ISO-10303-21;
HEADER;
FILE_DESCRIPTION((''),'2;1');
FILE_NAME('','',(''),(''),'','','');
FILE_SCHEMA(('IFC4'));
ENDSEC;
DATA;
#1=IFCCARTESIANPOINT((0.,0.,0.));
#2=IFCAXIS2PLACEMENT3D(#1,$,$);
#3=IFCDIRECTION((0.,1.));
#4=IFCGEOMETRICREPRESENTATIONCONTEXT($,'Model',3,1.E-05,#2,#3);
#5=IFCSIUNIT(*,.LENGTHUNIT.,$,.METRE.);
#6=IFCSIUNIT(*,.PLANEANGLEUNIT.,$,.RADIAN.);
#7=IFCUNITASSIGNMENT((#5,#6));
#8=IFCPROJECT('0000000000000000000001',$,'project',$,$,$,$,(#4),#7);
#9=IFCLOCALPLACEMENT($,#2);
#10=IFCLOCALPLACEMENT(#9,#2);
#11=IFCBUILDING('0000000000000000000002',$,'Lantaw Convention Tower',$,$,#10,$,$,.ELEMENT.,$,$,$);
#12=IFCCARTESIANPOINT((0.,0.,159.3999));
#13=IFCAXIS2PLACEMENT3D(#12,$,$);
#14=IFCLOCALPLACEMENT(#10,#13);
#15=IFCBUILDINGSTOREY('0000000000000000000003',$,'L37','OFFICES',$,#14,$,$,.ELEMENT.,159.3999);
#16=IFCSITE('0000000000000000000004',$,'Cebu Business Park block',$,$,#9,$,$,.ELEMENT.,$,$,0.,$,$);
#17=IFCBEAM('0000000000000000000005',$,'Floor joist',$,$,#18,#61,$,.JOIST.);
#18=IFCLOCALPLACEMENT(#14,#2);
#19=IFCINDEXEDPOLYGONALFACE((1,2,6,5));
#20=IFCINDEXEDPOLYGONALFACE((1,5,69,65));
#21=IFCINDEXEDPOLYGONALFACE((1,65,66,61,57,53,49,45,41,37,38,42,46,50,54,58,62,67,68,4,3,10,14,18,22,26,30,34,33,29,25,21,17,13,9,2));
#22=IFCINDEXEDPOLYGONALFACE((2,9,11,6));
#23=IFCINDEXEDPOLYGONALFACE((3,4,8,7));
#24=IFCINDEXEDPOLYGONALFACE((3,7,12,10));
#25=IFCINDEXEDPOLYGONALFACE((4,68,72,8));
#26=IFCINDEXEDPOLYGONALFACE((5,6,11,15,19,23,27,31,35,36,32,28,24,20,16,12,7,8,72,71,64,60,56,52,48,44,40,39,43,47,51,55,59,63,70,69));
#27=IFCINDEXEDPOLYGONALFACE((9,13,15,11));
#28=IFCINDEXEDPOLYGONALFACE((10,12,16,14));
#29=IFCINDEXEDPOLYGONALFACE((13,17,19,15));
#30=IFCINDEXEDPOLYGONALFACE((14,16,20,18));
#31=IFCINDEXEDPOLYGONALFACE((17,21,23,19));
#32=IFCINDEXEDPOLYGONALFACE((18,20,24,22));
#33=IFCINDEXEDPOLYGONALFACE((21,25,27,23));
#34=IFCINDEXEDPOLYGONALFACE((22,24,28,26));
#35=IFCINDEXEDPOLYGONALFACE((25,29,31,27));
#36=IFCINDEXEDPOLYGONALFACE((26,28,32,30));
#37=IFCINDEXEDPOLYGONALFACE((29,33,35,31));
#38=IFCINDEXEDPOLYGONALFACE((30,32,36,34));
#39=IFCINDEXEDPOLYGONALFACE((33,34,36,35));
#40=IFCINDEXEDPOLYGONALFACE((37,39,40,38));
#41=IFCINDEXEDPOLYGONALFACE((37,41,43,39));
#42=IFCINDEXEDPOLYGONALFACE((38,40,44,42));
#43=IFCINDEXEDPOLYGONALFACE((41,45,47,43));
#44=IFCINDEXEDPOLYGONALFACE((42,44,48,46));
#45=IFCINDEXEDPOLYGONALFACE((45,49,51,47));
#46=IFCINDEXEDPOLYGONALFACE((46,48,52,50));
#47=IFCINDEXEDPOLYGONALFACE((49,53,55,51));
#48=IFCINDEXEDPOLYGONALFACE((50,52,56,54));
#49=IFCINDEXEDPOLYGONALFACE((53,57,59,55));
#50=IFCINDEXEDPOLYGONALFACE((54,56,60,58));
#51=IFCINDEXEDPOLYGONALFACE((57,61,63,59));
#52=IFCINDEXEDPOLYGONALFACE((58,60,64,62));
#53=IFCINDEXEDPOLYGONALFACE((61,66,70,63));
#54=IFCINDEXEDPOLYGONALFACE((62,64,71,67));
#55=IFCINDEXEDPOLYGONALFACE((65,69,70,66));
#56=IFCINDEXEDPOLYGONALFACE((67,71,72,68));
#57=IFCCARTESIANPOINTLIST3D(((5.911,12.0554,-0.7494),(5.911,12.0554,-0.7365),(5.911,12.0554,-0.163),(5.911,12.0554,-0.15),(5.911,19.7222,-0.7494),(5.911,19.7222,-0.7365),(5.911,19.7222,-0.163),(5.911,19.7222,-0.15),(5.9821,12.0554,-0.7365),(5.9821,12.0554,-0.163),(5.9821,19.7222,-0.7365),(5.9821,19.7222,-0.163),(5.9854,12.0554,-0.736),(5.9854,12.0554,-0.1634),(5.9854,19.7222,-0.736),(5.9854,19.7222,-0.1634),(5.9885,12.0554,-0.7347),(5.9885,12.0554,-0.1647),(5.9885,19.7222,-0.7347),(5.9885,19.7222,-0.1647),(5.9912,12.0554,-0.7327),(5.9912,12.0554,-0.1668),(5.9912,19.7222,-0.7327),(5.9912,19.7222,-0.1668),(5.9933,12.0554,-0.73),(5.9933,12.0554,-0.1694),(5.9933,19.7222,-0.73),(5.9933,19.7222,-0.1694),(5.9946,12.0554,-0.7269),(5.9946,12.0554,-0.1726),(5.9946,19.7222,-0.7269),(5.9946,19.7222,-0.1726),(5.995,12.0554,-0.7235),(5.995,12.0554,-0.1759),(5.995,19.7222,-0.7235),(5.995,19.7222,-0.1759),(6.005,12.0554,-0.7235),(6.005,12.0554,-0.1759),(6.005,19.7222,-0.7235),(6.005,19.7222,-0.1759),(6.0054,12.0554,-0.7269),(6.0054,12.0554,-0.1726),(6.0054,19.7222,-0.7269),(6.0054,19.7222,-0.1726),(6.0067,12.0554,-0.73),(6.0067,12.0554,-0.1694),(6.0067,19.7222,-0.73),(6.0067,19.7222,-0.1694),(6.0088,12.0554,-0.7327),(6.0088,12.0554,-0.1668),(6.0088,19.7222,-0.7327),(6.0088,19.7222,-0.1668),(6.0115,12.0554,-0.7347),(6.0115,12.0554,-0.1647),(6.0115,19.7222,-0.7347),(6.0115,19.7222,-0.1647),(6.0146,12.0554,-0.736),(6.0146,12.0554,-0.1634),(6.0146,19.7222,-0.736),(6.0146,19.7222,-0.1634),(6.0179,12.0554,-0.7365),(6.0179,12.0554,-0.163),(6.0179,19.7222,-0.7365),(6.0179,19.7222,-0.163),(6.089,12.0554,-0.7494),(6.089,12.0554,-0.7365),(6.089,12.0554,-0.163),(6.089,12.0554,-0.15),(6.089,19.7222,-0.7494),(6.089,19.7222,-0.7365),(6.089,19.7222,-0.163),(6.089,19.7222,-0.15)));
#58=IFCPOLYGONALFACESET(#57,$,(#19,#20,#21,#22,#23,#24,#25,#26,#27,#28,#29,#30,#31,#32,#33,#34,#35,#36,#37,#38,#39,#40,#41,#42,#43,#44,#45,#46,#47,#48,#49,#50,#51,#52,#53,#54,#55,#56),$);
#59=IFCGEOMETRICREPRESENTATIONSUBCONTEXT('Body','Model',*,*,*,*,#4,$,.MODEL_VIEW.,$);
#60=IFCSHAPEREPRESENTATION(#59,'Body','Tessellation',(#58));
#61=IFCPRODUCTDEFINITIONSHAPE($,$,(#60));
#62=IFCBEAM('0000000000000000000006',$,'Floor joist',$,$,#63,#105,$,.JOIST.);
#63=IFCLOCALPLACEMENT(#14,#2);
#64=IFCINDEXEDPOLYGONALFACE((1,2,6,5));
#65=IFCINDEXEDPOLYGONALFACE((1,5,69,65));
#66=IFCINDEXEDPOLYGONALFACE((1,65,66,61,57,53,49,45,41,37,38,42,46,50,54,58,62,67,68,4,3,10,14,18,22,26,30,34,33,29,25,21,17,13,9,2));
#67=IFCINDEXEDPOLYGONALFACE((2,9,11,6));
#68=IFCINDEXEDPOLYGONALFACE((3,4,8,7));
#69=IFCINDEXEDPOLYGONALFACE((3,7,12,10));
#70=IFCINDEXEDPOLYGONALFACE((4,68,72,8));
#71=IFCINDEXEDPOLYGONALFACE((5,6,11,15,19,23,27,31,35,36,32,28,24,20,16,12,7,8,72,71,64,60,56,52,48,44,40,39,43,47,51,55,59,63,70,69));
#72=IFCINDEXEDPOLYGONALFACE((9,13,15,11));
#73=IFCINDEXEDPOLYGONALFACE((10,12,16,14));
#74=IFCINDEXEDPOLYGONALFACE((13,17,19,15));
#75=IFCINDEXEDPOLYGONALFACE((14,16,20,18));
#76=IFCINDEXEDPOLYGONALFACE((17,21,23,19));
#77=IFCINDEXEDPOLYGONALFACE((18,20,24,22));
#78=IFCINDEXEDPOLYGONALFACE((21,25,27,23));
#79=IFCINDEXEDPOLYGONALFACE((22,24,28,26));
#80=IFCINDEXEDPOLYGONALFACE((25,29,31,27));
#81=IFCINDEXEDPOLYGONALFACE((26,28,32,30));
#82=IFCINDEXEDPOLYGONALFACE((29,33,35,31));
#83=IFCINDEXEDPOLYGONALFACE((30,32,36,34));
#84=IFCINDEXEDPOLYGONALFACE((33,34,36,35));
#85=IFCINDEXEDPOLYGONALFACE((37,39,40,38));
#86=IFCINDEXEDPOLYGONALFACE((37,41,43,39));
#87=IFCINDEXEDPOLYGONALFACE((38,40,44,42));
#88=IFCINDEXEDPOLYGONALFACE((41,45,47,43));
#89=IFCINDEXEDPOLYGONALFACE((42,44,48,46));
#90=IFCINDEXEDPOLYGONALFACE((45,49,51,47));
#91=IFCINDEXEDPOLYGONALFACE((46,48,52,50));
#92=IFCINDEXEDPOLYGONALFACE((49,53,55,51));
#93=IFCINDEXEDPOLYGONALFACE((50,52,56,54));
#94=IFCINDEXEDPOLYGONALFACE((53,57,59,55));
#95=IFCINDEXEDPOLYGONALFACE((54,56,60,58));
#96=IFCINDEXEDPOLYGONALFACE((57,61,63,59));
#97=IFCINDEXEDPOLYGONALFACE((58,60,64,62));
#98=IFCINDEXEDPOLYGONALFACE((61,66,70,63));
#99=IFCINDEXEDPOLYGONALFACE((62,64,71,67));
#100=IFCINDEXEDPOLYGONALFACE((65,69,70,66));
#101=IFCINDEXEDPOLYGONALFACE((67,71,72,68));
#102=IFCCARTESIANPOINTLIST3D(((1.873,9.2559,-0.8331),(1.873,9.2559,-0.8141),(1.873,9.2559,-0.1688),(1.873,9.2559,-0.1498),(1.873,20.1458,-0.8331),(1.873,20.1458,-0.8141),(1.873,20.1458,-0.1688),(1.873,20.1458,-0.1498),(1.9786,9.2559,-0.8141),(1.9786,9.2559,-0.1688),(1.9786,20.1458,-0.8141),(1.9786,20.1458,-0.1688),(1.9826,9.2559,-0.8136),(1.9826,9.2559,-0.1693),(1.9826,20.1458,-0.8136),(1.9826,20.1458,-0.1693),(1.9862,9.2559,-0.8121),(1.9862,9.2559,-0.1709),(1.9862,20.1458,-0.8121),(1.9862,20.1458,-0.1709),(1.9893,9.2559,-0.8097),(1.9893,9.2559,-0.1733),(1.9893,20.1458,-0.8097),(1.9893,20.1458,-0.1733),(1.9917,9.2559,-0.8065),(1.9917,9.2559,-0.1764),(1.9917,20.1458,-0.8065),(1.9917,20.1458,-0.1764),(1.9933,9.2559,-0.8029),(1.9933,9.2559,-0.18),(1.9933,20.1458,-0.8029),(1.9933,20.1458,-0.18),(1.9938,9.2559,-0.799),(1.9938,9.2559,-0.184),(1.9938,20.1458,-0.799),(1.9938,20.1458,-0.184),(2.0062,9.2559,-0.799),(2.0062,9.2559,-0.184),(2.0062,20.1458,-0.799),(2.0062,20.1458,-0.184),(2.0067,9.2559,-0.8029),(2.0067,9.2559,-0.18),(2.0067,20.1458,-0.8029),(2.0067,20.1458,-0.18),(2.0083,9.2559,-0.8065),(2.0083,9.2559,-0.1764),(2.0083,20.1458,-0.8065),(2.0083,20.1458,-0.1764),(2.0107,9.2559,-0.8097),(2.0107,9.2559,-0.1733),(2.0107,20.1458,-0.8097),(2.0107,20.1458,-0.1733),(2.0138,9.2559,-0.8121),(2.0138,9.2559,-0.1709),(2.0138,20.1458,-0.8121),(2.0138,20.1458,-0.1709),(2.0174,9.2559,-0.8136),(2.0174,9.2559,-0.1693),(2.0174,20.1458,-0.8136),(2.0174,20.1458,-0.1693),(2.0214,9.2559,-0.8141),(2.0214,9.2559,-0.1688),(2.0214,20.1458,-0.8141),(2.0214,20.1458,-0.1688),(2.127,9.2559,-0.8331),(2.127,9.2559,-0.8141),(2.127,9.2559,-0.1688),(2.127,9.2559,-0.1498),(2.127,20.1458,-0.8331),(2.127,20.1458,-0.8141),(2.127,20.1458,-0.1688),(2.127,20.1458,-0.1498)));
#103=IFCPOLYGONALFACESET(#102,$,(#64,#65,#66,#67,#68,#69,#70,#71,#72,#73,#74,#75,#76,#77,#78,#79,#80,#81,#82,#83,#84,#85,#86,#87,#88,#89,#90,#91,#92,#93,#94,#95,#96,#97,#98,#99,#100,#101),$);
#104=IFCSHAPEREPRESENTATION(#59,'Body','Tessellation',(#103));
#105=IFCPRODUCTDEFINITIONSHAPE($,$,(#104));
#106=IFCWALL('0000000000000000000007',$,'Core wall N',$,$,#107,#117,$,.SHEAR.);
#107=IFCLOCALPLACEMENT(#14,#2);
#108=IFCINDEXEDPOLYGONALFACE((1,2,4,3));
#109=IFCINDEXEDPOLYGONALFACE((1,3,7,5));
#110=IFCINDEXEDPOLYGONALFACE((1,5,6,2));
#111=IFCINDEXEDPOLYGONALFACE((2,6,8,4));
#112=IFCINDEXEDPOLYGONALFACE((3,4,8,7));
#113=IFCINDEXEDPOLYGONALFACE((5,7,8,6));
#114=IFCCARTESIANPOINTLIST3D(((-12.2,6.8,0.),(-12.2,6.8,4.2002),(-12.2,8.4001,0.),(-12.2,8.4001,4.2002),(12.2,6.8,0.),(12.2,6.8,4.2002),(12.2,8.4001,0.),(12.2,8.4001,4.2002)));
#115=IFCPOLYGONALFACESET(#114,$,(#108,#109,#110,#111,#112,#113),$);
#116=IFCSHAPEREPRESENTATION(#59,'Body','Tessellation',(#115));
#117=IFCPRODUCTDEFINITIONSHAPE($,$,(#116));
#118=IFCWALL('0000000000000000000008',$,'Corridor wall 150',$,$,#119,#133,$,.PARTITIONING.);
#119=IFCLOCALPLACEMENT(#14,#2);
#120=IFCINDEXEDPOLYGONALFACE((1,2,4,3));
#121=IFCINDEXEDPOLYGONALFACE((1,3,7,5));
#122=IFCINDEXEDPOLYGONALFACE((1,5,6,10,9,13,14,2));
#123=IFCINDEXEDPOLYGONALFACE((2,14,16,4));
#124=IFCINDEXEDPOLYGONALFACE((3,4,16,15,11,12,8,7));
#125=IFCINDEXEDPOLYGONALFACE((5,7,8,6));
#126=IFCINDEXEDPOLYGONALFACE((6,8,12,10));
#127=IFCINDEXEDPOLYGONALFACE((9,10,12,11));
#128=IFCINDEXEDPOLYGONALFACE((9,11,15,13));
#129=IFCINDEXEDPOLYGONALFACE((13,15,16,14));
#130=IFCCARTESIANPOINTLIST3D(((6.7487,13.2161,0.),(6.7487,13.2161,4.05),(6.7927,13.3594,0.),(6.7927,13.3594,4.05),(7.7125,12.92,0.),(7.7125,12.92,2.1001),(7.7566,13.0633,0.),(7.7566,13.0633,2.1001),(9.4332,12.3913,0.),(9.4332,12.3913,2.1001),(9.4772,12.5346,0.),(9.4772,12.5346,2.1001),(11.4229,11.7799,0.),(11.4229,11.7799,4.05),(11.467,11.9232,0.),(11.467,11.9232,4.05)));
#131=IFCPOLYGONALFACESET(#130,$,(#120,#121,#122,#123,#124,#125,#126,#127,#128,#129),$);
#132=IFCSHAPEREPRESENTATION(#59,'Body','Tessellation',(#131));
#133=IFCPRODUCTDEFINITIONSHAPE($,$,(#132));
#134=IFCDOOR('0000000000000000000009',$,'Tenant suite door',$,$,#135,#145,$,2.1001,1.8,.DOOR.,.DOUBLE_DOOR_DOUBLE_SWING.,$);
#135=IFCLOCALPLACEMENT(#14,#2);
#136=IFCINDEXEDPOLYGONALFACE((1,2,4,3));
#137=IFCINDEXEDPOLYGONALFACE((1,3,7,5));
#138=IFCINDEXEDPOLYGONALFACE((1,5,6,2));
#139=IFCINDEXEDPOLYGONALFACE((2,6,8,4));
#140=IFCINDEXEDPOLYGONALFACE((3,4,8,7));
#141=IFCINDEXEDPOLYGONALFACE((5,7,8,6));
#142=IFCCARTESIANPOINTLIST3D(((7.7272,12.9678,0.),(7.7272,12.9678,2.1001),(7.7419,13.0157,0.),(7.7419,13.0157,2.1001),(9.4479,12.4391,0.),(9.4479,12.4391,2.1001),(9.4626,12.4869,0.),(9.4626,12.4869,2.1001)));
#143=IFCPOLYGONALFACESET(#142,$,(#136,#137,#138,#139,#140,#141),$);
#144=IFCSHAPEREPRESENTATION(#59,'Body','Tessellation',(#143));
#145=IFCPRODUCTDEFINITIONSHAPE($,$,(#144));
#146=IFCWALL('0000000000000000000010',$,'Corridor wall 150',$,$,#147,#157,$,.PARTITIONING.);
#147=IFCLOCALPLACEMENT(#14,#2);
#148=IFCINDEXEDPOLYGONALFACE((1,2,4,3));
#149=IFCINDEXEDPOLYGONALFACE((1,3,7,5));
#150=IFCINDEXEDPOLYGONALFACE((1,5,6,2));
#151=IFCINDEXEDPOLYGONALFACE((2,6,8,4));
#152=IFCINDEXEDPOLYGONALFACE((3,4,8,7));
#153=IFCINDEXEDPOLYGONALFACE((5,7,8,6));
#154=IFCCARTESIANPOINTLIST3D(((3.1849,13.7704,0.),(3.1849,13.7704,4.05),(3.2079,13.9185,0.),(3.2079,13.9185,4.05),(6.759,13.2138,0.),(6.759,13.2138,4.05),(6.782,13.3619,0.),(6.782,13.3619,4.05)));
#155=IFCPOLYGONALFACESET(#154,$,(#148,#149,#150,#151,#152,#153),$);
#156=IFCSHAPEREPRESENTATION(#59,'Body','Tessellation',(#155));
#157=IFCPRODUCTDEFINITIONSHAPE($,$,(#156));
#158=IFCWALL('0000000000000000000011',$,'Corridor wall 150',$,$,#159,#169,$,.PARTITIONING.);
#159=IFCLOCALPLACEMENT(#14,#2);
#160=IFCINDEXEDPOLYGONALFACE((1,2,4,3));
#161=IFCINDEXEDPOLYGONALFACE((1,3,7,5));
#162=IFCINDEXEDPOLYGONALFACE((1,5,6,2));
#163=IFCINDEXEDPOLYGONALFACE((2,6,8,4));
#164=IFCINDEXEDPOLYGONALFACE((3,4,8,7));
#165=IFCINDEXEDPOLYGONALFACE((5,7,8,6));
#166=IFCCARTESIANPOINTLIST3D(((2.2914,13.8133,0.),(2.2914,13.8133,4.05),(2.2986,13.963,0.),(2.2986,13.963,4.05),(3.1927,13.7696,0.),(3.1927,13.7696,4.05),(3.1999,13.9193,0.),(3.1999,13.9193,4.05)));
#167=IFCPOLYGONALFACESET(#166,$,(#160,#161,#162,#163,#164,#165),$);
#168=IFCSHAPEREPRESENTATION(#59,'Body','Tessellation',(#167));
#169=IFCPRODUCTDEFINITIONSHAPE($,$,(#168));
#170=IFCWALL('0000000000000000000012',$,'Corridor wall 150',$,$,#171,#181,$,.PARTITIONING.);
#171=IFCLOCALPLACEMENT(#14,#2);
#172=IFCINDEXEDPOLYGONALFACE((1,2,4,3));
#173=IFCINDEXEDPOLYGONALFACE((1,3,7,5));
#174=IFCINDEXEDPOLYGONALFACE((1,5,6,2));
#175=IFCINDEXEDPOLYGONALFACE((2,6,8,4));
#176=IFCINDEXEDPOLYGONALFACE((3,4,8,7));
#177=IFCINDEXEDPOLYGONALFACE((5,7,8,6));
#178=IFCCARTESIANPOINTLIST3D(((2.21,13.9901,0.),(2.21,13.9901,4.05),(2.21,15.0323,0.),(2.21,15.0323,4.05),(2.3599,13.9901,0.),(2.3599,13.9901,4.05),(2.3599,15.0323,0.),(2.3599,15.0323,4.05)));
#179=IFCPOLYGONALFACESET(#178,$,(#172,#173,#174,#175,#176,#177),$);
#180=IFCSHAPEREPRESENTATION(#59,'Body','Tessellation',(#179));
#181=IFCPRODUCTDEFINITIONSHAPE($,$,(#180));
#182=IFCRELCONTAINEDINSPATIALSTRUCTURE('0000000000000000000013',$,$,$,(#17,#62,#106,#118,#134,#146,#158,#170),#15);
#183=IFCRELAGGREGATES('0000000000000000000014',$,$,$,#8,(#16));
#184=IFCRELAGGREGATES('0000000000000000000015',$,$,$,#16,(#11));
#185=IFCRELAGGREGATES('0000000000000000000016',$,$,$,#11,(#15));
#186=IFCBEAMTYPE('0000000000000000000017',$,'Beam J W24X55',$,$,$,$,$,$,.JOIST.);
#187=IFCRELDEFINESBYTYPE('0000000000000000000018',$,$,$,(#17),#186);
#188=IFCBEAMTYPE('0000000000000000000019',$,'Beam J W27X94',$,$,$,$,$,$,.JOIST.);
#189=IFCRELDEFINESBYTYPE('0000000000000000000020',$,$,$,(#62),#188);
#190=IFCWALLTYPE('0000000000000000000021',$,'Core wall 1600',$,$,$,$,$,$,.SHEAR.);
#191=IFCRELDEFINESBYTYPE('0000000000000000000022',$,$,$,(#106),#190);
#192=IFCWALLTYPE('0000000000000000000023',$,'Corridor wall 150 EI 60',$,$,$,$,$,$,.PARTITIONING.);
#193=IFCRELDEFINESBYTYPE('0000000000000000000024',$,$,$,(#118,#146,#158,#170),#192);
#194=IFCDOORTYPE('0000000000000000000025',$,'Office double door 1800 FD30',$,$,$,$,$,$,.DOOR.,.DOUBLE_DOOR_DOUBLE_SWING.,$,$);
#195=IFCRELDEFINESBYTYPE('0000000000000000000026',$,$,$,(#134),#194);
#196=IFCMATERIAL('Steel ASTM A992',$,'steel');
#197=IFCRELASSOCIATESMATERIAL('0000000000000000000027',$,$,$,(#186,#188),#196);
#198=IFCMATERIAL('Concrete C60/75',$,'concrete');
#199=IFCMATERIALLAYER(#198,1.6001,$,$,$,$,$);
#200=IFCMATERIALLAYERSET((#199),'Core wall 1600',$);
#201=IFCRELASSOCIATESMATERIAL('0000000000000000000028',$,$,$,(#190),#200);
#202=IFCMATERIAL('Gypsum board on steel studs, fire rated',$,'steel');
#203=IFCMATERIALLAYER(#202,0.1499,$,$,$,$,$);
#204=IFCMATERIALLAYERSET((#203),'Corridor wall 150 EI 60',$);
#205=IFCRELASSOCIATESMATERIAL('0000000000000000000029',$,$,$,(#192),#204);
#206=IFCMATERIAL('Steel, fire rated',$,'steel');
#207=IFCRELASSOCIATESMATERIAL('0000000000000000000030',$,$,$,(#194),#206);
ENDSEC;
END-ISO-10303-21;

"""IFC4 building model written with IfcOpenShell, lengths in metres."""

from ifc_helpers import new_model, si_unit, direction, frame, frame_2d, origin, origin_2d, place, context, subcontext, project, spatial, rectangle, i_section, extrude, material, layer, layer_set, material_profile, profile_set, type_object, element, fill, save


model = new_model("IFC4")

# Units and contexts
model_context = context("Model", 3, precision=1e-05, world=origin(), true_north=direction((0.0, 1.0)))
body_context = subcontext(model_context, "Body", "Model", "MODEL_VIEW")
ifc_project = project(units=[si_unit("LENGTHUNIT", "METRE"), si_unit("PLANEANGLEUNIT", "RADIAN")], contexts=[model_context])

# Site, building, storey
site_placement = place(None, origin())
site = spatial("IfcSite", under=ifc_project, at=site_placement, Name="Cebu Business Park block", CompositionType="ELEMENT", RefElevation=0.0)
building_placement = place(site_placement, origin())
building = spatial("IfcBuilding", under=site, at=building_placement, Name="Lantaw Convention Tower", CompositionType="ELEMENT")
storey_placement = place(building_placement, frame((0.0, 0.0, 159.3999)))
storey = spatial("IfcBuildingStorey", under=building, at=storey_placement, Name="L37", Description="OFFICES", CompositionType="ELEMENT", Elevation=159.3999)

# Beams
ifc_material_1 = material(Name="Steel ASTM A992", Category="steel")
ifc_material_profile_1 = material_profile(ifc_material_1, i_section(OverallWidth=0.178, OverallDepth=0.5994, WebThickness=0.01, FlangeThickness=0.0129, FilletRadius=0.0129, at=origin_2d()), Name="W24X55")
ifc_profile_set_1 = profile_set([ifc_material_profile_1], Name="Steel ASTM A992")
beam_type_1 = type_object("IfcBeamType", Name="Beam J W24X55", PredefinedType="JOIST", material=ifc_profile_set_1)
beam_1_placement = place(storey_placement, frame((6.0, 12.0554, -0.4497), z_axis=(0.0, 1.0, 0.0), x_axis=(-1.0, 0.0, 0.0)))
element("IfcBeam", 1, at=beam_1_placement, inside=storey, type_object=beam_type_1, Name="Floor joist", PredefinedType="JOIST", context=body_context, shape_type="SweptSolid", body=[
    extrude(i_section(OverallWidth=0.178, OverallDepth=0.5994, WebThickness=0.01, FlangeThickness=0.0129, FilletRadius=0.0129, at=origin_2d()), origin(), (0.0, 0.0, 1.0), 7.6667),
])
ifc_material_profile_2 = material_profile(ifc_material_1, i_section(OverallWidth=0.2539, OverallDepth=0.6833, WebThickness=0.0125, FlangeThickness=0.019, FilletRadius=0.0151, at=origin_2d()), Name="W27X94")
ifc_profile_set_2 = profile_set([ifc_material_profile_2], Name="Steel ASTM A992")
beam_type_2 = type_object("IfcBeamType", Name="Beam J W27X94", PredefinedType="JOIST", material=ifc_profile_set_2)
beam_2_placement = place(storey_placement, frame((2.0, 9.2559, -0.4915), z_axis=(0.0, 1.0, 0.0), x_axis=(-1.0, 0.0, 0.0)))
element("IfcBeam", 2, at=beam_2_placement, inside=storey, type_object=beam_type_2, Name="Floor joist", PredefinedType="JOIST", context=body_context, shape_type="SweptSolid", body=[
    extrude(i_section(OverallWidth=0.2539, OverallDepth=0.6833, WebThickness=0.0125, FlangeThickness=0.019, FilletRadius=0.0151, at=origin_2d()), origin(), (0.0, 0.0, 1.0), 10.8899),
])

# Wall
ifc_material_2 = material(Name="Concrete C60/75", Category="concrete")
ifc_layer_1 = layer(ifc_material_2, 1.6001)
ifc_layer_set_1 = layer_set([ifc_layer_1], Name="Core wall 1600")
wall_type_1 = type_object("IfcWallType", Name="Core wall 1600", PredefinedType="SHEAR", material=ifc_layer_set_1)
wall_1_placement = place(storey_placement, frame((12.2, 7.6001, 0.0), z_axis=(0.0, 0.0, 1.0), x_axis=(-1.0, 0.0, 0.0)))
element("IfcWall", 3, at=wall_1_placement, inside=storey, type_object=wall_type_1, Name="Core wall N", PredefinedType="SHEAR", context=body_context, shape_type="SweptSolid", body=[
    extrude(rectangle(XDim=24.3999, YDim=1.6001, at=frame_2d((12.2, 0.0))), origin(), (0.0, 0.0, 1.0), 4.2002),
])

# Wall, opening, door
ifc_material_3 = material(Name="Gypsum board on steel studs, fire rated", Category="steel")
ifc_layer_2 = layer(ifc_material_3, 0.1499)
ifc_layer_set_2 = layer_set([ifc_layer_2], Name="Corridor wall 150 EI 60")
wall_type_2 = type_object("IfcWallType", Name="Corridor wall 150 EI 60", PredefinedType="PARTITIONING", material=ifc_layer_set_2)
wall_2_placement = place(storey_placement, frame((11.4448, 11.8516, 0.0), z_axis=(0.0, 0.0, 1.0), x_axis=(-0.955892, 0.293717, 0.0)))
wall_2 = element("IfcWall", 4, at=wall_2_placement, inside=storey, type_object=wall_type_2, Name="Corridor wall 150", PredefinedType="PARTITIONING", context=body_context, shape_type="SweptSolid", body=[
    extrude(rectangle(XDim=4.8899, YDim=0.1499, at=frame_2d((2.4448, 0.0))), origin(), (0.0, 0.0, 1.0), 4.05),
])
opening_1_placement = place(wall_2_placement, frame((2.0815, 0.0, 0.0)))
opening_1 = element("IfcOpeningElement", 5, at=opening_1_placement, cuts=wall_2, PredefinedType="OPENING", context=body_context, shape_type="SweptSolid", body=[
    extrude(rectangle(XDim=1.8, YDim=2.1001, at=frame_2d((0.8999, 1.05))), frame((0.0, 0.085, 0.0), z_axis=(0.0, -1.0, 0.0), x_axis=(1.0, 0.0, 0.0)), (0.0, 0.0, 1.0), 0.1699),
])
ifc_material_4 = material(Name="Steel, fire rated", Category="steel")
door_type_1 = type_object("IfcDoorType", Name="Office double door 1800 FD30", OperationType="DOUBLE_DOOR_DOUBLE_SWING", PredefinedType="DOOR", material=ifc_material_4)
door_1_placement = place(opening_1_placement, origin())
door_1 = element("IfcDoor", 6, at=door_1_placement, inside=storey, type_object=door_type_1, Name="Tenant suite door", OperationType="DOUBLE_DOOR_DOUBLE_SWING", OverallHeight=2.1001, OverallWidth=1.8, PredefinedType="DOOR", context=body_context, shape_type="SweptSolid", body=[
    extrude(rectangle(XDim=1.8, YDim=2.1001, at=frame_2d((0.8999, 1.05))), frame((0.0, 0.0249, 0.0), z_axis=(0.0, -1.0, 0.0), x_axis=(1.0, 0.0, 0.0)), (0.0, 0.0, 1.0), 0.05),
])
fill(opening_1, door_1)

# Walls
wall_3_placement = place(storey_placement, frame((6.7705, 13.2878, 0.0), z_axis=(0.0, 0.0, 1.0), x_axis=(-0.988089, 0.153883, 0.0)))
element("IfcWall", 7, at=wall_3_placement, inside=storey, type_object=wall_type_2, Name="Corridor wall 150", PredefinedType="PARTITIONING", context=body_context, shape_type="SweptSolid", body=[
    extrude(rectangle(XDim=3.6172, YDim=0.1499, at=frame_2d((1.8086, 0.0))), origin(), (0.0, 0.0, 1.0), 4.05),
])
wall_4_placement = place(storey_placement, frame((3.1963, 13.8445, 0.0), z_axis=(0.0, 0.0, 1.0), x_axis=(-0.998827, 0.048426, 0.0)))
element("IfcWall", 8, at=wall_4_placement, inside=storey, type_object=wall_type_2, Name="Corridor wall 150", PredefinedType="PARTITIONING", context=body_context, shape_type="SweptSolid", body=[
    extrude(rectangle(XDim=0.9023, YDim=0.1499, at=frame_2d((0.4512, 0.0))), origin(), (0.0, 0.0, 1.0), 4.05),
])
wall_5_placement = place(storey_placement, frame((2.2849, 15.0322, 0.0), z_axis=(0.0, 0.0, 1.0), x_axis=(0.0, -1.0, 0.0)))
element("IfcWall", 9, at=wall_5_placement, inside=storey, type_object=wall_type_2, Name="Corridor wall 150", PredefinedType="PARTITIONING", context=body_context, shape_type="SweptSolid", body=[
    extrude(rectangle(XDim=1.0422, YDim=0.1499, at=frame_2d((0.521, 0.0))), origin(), (0.0, 0.0, 1.0), 4.05),
])

save(model, "model.ifc")
